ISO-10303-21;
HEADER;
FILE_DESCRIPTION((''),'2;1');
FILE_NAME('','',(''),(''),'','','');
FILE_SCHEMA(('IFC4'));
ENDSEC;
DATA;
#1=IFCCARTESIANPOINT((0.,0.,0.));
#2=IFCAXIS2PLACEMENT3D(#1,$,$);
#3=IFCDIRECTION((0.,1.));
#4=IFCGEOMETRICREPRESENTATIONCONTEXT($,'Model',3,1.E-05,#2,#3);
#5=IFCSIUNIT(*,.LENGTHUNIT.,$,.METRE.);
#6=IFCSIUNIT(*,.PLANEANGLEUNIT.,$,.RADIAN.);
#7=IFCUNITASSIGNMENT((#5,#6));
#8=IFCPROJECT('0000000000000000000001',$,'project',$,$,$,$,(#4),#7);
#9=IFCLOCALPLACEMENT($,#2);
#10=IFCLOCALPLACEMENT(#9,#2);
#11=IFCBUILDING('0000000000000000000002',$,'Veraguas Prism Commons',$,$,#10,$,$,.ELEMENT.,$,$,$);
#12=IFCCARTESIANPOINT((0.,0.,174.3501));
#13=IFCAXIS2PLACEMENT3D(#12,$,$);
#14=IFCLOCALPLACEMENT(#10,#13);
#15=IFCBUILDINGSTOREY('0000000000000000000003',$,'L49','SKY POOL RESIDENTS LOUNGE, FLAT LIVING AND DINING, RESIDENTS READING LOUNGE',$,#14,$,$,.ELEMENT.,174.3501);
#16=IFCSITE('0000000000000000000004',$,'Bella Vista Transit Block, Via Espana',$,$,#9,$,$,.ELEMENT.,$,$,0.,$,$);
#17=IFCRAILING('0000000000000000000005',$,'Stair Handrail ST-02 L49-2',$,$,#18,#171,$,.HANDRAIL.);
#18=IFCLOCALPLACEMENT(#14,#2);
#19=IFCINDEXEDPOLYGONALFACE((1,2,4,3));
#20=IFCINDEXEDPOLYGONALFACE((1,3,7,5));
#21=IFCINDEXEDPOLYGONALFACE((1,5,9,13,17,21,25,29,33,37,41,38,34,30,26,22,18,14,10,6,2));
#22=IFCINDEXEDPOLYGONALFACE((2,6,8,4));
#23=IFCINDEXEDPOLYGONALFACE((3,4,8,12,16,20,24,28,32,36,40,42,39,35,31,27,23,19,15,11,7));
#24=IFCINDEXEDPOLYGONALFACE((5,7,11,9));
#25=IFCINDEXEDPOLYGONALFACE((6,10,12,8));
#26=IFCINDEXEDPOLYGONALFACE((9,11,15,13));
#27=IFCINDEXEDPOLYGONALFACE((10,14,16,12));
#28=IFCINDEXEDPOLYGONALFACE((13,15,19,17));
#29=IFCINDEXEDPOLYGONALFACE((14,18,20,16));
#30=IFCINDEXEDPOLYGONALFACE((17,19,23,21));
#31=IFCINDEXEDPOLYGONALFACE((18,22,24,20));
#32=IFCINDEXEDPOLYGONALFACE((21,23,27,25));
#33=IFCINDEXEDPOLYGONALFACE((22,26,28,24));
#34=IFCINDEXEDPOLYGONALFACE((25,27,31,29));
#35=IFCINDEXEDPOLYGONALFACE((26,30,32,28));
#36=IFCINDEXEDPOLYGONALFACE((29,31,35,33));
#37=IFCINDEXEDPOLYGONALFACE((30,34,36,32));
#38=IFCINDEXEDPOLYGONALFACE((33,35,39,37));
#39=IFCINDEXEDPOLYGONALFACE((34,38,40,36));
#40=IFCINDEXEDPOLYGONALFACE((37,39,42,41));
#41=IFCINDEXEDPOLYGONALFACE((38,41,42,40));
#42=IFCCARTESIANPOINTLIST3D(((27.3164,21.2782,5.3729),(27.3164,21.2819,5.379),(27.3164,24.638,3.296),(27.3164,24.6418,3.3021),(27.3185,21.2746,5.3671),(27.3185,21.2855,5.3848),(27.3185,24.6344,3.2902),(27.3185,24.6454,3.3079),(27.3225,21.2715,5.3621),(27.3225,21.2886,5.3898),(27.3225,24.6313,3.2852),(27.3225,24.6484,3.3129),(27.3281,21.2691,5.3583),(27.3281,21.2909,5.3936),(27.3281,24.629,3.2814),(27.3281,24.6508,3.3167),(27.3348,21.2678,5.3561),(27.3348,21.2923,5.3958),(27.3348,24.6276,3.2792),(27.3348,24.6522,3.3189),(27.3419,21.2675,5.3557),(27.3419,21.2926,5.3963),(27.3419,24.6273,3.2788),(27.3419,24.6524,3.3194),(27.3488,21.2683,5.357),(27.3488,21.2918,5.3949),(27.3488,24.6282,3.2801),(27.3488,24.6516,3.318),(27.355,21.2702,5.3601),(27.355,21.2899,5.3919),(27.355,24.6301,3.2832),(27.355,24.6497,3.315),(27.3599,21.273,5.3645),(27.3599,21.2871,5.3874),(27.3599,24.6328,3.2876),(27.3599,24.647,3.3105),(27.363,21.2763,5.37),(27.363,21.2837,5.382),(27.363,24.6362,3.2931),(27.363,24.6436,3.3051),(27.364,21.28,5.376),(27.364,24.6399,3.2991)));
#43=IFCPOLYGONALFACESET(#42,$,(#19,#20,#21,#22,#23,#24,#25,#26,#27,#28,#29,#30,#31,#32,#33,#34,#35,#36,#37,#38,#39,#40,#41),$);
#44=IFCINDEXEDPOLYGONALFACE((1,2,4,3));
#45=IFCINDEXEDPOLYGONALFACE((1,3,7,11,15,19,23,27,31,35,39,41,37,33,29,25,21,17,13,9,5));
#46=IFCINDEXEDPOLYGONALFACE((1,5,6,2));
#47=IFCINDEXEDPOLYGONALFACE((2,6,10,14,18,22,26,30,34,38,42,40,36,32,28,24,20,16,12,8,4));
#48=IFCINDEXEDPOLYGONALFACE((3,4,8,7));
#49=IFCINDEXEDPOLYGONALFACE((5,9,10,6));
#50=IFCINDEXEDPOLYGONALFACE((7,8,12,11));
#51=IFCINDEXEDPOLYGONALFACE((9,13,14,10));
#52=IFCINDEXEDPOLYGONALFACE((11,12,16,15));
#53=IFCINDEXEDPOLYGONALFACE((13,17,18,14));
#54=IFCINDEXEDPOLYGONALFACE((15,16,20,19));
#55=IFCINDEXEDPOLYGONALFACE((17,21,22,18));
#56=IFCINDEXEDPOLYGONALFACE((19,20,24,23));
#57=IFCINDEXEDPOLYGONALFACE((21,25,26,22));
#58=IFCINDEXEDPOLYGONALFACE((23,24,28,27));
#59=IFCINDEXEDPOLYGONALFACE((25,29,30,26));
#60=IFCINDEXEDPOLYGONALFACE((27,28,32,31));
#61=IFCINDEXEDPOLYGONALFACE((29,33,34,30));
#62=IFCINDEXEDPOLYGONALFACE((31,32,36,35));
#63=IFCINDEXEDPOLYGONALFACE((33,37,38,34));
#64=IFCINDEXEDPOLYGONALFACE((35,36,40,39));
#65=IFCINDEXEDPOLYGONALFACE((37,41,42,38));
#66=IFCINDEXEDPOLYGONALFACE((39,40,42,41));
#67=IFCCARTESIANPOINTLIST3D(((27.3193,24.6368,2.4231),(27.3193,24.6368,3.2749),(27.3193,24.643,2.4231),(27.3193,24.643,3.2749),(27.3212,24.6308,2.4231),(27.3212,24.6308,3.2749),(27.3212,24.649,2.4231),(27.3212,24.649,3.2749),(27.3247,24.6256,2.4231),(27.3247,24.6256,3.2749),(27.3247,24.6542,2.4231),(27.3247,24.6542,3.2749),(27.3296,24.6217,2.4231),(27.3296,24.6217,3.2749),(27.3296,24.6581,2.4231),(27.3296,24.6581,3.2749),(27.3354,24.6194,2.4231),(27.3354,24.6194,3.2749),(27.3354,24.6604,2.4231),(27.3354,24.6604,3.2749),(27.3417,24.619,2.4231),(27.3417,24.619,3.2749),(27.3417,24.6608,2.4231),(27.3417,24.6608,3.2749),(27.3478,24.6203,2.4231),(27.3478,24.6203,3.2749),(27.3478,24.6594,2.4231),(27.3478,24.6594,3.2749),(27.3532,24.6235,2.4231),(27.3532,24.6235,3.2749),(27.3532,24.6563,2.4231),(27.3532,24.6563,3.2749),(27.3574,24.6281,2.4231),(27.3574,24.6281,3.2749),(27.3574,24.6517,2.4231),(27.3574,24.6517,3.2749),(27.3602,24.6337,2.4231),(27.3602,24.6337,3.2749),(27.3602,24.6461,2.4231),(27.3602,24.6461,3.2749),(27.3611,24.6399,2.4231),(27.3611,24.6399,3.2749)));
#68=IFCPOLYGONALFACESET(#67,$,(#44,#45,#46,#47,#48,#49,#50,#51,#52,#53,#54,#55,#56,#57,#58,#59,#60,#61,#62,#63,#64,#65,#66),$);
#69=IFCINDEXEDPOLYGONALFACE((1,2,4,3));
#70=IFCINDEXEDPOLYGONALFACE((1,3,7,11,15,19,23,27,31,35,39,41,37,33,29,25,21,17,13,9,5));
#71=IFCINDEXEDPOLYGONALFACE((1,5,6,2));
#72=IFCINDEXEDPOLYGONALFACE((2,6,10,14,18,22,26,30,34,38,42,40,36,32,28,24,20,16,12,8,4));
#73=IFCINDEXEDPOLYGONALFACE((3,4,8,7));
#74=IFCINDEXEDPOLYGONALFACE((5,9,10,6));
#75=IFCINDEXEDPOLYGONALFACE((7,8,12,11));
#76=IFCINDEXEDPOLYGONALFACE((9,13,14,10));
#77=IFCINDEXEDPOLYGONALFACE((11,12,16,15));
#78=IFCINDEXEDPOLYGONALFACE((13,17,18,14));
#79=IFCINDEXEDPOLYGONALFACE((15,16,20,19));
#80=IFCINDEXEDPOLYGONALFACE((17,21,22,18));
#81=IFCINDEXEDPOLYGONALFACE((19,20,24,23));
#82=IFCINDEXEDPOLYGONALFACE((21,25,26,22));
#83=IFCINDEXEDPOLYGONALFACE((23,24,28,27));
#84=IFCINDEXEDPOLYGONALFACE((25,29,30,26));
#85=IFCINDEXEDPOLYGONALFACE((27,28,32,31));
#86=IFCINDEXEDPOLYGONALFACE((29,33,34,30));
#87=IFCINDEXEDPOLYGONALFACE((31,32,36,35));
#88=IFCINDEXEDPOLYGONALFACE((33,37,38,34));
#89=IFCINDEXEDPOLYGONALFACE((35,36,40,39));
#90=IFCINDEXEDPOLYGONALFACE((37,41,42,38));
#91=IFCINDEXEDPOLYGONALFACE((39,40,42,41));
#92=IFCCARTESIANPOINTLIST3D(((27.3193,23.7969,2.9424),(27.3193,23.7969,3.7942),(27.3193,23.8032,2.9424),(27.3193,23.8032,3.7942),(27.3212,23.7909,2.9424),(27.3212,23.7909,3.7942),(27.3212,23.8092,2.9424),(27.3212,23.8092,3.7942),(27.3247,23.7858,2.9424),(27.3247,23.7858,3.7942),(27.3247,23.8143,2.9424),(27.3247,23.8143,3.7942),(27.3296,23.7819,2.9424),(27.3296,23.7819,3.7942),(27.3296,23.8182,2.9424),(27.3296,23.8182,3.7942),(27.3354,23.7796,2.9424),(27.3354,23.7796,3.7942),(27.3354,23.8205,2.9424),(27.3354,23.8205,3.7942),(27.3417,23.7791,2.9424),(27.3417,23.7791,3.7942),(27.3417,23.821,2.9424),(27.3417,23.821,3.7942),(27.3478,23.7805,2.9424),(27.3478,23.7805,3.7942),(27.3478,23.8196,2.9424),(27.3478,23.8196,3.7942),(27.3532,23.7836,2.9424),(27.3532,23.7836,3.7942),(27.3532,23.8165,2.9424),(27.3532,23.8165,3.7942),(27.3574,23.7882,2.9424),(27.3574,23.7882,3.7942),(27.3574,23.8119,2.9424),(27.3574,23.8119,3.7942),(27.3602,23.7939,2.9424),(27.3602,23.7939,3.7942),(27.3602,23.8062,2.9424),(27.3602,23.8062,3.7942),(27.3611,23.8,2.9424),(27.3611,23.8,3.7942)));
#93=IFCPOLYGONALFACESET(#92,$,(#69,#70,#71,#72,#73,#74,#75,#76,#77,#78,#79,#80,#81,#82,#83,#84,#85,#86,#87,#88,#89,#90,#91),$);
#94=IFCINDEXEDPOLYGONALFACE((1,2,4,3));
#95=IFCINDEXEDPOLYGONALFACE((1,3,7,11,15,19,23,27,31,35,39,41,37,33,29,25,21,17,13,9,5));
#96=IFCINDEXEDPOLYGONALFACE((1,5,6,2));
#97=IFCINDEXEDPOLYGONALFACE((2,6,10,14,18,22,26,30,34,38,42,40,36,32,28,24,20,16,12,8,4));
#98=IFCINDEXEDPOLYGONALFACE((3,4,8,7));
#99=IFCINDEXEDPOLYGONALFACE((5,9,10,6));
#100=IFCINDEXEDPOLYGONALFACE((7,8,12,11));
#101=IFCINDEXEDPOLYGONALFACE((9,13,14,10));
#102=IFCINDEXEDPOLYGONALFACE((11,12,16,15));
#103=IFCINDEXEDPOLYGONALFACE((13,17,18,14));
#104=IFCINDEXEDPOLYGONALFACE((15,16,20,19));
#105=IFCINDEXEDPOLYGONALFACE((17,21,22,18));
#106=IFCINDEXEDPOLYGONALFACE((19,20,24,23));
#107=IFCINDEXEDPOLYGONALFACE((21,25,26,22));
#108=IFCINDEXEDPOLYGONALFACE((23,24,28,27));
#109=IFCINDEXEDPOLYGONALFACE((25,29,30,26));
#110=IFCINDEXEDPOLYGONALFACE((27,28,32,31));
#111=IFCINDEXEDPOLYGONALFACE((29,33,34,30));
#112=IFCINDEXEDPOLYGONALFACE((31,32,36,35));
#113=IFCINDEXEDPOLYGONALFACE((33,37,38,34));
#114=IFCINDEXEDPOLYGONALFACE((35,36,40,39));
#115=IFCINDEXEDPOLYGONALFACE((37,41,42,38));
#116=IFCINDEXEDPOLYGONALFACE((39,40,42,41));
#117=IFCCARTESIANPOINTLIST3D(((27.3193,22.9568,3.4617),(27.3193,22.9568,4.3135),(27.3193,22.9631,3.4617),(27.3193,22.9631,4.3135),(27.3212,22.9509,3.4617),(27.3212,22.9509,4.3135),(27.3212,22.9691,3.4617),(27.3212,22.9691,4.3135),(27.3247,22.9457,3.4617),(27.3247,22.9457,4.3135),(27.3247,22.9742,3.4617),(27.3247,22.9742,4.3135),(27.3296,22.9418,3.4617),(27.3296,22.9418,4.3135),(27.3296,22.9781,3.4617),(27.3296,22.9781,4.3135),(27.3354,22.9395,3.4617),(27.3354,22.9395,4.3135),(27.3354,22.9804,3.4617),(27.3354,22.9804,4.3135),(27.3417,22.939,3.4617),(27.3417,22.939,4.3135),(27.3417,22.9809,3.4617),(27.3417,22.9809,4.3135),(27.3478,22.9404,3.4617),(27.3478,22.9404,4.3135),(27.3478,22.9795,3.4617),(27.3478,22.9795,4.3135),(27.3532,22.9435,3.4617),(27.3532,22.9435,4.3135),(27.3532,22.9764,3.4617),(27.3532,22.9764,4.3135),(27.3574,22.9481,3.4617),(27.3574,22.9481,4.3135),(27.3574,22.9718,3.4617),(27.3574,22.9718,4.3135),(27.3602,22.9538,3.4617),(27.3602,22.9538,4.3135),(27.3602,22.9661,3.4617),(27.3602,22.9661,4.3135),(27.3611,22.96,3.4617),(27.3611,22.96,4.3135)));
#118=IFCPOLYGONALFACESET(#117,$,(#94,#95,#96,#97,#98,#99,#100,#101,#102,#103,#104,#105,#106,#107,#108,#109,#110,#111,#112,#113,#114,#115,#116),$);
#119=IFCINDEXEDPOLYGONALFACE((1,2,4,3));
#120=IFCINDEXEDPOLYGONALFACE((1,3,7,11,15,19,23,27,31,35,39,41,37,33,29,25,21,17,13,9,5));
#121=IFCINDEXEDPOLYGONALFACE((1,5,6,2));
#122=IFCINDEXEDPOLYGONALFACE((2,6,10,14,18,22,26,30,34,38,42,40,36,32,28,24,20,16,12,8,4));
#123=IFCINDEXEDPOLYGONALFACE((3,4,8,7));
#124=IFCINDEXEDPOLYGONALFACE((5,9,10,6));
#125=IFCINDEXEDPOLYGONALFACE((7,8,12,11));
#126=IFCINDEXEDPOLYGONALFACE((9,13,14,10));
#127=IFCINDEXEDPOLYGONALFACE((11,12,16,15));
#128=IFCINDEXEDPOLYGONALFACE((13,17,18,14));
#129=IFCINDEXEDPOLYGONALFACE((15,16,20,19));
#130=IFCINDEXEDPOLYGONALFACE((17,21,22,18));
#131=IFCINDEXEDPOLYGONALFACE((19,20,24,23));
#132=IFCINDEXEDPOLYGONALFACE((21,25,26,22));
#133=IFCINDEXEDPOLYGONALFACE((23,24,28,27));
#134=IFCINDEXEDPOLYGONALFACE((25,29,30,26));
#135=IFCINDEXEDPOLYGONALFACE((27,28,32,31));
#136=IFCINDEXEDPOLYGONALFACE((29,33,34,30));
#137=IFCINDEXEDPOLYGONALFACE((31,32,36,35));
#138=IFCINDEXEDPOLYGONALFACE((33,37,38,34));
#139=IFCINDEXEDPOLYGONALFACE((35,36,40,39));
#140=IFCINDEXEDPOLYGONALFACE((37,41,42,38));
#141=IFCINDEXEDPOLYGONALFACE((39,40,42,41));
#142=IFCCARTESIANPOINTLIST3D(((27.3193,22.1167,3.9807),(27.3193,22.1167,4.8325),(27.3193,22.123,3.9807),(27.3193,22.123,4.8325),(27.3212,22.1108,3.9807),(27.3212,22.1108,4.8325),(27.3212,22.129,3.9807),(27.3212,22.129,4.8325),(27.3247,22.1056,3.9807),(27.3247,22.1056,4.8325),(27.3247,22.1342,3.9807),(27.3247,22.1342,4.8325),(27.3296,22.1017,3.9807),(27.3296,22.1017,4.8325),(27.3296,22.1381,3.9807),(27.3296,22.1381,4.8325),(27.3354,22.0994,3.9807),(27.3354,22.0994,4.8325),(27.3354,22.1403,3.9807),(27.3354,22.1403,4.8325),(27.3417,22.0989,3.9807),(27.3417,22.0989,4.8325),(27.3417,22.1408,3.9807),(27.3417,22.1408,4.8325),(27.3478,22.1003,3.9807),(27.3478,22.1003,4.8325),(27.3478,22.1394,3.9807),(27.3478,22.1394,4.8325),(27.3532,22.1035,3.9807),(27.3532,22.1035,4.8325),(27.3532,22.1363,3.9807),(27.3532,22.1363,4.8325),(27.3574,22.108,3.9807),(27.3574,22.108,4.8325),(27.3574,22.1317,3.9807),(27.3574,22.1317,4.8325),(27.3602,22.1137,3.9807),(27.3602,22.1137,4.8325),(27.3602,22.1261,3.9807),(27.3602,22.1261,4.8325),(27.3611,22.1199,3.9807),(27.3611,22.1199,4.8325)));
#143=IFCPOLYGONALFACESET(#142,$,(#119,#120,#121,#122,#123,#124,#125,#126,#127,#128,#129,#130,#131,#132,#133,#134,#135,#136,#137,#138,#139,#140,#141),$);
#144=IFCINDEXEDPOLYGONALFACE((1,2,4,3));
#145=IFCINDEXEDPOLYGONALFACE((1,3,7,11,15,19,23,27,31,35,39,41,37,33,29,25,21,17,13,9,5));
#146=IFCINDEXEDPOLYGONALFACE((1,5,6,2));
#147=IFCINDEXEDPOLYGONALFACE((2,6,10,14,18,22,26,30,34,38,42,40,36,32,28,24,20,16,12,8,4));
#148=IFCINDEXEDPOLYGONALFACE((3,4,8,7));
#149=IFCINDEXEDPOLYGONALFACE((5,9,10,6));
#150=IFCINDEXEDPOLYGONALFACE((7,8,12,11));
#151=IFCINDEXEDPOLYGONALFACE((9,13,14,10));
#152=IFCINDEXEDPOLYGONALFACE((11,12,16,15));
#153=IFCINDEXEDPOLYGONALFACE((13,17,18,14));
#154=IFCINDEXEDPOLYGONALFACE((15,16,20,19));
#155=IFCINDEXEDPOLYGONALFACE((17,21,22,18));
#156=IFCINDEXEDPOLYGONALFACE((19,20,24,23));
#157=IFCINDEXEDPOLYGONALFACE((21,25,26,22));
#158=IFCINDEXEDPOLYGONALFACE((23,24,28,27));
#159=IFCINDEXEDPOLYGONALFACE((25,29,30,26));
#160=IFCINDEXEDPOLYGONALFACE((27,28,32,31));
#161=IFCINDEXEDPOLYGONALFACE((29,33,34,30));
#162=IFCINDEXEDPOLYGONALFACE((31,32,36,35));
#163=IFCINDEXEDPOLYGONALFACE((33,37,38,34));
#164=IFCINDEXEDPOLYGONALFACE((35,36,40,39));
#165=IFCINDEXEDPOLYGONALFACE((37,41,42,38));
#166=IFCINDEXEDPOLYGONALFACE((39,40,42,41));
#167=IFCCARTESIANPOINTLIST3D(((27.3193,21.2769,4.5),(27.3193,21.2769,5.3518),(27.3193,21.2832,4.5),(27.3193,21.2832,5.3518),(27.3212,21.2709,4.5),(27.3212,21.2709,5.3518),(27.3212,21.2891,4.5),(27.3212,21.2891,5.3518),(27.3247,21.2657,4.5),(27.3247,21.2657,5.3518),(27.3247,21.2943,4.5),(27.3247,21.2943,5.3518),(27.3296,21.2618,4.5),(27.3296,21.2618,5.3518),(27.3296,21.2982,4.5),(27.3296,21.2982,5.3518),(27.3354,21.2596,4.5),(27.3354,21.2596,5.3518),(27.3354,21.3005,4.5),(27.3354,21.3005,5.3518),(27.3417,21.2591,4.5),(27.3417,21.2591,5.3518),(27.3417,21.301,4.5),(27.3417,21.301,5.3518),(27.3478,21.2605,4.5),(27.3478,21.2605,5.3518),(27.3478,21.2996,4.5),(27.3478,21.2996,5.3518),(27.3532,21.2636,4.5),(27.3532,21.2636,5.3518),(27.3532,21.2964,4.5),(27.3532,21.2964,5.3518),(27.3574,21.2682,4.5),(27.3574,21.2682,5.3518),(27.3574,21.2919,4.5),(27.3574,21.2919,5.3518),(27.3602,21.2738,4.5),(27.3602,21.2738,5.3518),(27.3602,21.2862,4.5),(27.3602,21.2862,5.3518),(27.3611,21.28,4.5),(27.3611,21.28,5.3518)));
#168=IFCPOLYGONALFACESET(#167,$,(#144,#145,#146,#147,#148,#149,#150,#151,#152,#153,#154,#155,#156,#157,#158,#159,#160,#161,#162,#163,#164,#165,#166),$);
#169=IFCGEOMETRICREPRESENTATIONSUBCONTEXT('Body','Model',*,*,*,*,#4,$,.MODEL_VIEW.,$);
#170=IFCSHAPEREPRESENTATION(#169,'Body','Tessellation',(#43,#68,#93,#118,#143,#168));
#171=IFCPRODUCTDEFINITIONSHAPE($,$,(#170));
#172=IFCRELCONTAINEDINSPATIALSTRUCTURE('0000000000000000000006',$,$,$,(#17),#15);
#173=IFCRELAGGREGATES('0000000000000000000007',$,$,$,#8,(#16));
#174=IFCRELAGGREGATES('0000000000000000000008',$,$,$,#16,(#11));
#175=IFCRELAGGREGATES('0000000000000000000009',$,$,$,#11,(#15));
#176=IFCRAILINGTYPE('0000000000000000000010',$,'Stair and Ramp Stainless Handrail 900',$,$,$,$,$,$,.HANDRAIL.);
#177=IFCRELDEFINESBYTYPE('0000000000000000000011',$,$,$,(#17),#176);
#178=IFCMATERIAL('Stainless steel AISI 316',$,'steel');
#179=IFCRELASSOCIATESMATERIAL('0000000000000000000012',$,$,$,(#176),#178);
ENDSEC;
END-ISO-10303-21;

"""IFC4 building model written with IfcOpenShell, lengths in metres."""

from ifc_helpers import new_model, si_unit, direction, frame, origin, origin_2d, place, context, subcontext, project, spatial, circle, extrude, material, type_object, element, save


model = new_model("IFC4")

# Units and contexts
model_context = context("Model", 3, precision=1e-05, world=origin(), true_north=direction((0.0, 1.0)))
body_context = subcontext(model_context, "Body", "Model", "MODEL_VIEW")
ifc_project = project(units=[si_unit("LENGTHUNIT", "METRE"), si_unit("PLANEANGLEUNIT", "RADIAN")], contexts=[model_context])

# Site, building, storey
site_placement = place(None, origin())
site = spatial("IfcSite", under=ifc_project, at=site_placement, Name="Bella Vista Transit Block, Via Espana", CompositionType="ELEMENT", RefElevation=0.0)
building_placement = place(site_placement, origin())
building = spatial("IfcBuilding", under=site, at=building_placement, Name="Veraguas Prism Commons", CompositionType="ELEMENT")
storey_placement = place(building_placement, frame((0.0, 0.0, 174.3501)))
storey = spatial("IfcBuildingStorey", under=building, at=storey_placement, Name="L49", Description="SKY POOL RESIDENTS LOUNGE, FLAT LIVING AND DINING, RESIDENTS READING LOUNGE", CompositionType="ELEMENT", Elevation=174.3501)

# Shared definitions
ifc_material_1 = material(Name="Stainless steel AISI 316", Category="steel")

# Railing
railing_type_1 = type_object("IfcRailingType", Name="Stair and Ramp Stainless Handrail 900", PredefinedType="HANDRAIL", material=ifc_material_1)
railing_1_placement = place(storey_placement, frame((27.3401, 24.6399, 2.4231)))
element("IfcRailing", 1, at=railing_1_placement, inside=storey, type_object=railing_type_1, Name="Stair Handrail ST-02 L49-2", PredefinedType="HANDRAIL", context=body_context, shape_type="SweptSolid", body=[
    extrude(circle(Radius=0.0239, at=origin_2d()), frame((0.0, 0.0, 0.876), z_axis=(0.0, -0.850606, 0.525803), x_axis=(1.0, 0.0, 0.0)), (0.0, 0.0, 1.0), 3.95),
    extrude(circle(Radius=0.021, at=origin_2d()), origin(), (0.0, 0.0, 1.0), 0.8518),
    extrude(circle(Radius=0.021, at=origin_2d()), frame((0.0, -0.8398, 0.5193)), (0.0, 0.0, 1.0), 0.8518),
    extrude(circle(Radius=0.021, at=origin_2d()), frame((0.0, -1.6799, 1.0386)), (0.0, 0.0, 1.0), 0.8518),
    extrude(circle(Radius=0.021, at=origin_2d()), frame((0.0, -2.52, 1.5576)), (0.0, 0.0, 1.0), 0.8518),
    extrude(circle(Radius=0.021, at=origin_2d()), frame((0.0, -3.3599, 2.0769)), (0.0, 0.0, 1.0), 0.8518),
])

save(model, "model.ifc")
